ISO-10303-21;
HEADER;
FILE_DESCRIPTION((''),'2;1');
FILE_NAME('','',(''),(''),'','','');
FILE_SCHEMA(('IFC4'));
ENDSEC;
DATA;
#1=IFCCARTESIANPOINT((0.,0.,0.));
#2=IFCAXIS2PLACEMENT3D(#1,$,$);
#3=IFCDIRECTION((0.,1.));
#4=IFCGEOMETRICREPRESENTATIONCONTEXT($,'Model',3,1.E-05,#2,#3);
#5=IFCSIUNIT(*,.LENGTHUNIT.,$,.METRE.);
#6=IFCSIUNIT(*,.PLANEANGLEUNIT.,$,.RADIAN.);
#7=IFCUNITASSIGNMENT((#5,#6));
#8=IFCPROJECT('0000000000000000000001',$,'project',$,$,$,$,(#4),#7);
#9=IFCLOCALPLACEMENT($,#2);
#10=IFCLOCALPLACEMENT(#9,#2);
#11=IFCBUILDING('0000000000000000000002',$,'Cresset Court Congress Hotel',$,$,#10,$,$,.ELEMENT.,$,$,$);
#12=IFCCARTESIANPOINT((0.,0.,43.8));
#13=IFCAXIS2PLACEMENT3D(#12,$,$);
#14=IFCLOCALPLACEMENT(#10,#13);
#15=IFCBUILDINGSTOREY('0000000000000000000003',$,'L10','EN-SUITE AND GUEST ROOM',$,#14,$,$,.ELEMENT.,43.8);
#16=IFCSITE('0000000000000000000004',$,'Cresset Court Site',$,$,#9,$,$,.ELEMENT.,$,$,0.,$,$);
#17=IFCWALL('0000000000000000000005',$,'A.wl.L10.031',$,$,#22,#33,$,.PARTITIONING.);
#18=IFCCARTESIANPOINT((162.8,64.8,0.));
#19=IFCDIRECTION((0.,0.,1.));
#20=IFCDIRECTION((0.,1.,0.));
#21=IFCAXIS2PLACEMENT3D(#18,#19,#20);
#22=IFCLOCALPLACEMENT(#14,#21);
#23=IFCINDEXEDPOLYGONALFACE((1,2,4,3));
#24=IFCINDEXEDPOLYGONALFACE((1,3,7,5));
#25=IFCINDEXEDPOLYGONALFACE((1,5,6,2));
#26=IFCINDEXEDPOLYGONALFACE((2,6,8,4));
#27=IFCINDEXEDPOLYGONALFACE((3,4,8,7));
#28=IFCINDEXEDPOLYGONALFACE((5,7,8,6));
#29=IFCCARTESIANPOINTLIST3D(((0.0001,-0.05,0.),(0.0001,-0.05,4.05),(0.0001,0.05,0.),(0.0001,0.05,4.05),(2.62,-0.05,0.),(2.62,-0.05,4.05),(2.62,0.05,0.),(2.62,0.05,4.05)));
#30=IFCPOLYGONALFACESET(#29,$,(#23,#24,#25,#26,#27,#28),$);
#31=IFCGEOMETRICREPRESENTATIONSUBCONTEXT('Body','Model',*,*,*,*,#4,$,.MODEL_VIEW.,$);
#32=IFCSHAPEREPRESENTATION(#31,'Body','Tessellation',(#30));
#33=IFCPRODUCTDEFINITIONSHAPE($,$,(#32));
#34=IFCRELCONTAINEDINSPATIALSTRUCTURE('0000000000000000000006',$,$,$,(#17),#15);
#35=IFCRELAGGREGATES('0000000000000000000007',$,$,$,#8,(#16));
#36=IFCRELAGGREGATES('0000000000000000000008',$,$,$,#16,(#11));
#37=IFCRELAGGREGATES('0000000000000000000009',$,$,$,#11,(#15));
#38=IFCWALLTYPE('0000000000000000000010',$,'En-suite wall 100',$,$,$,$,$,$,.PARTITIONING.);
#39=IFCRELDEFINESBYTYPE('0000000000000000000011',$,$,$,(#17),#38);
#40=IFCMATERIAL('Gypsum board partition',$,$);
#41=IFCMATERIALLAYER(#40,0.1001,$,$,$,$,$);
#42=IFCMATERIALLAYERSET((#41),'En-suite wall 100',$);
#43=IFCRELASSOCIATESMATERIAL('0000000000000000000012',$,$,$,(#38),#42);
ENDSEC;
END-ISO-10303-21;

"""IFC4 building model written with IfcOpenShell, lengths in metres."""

from ifc_helpers import new_model, si_unit, direction, frame, frame_2d, origin, place, context, subcontext, project, spatial, rectangle, extrude, material, layer, layer_set, type_object, element, save


model = new_model("IFC4")

# Units and contexts
model_context = context("Model", 3, precision=1e-05, world=origin(), true_north=direction((0.0, 1.0)))
body_context = subcontext(model_context, "Body", "Model", "MODEL_VIEW")
ifc_project = project(units=[si_unit("LENGTHUNIT", "METRE"), si_unit("PLANEANGLEUNIT", "RADIAN")], contexts=[model_context])

# Site, building, storey
site_placement = place(None, origin())
site = spatial("IfcSite", under=ifc_project, at=site_placement, Name="Cresset Court Site", CompositionType="ELEMENT", RefElevation=0.0)
building_placement = place(site_placement, origin())
building = spatial("IfcBuilding", under=site, at=building_placement, Name="Cresset Court Congress Hotel", CompositionType="ELEMENT")
storey_placement = place(building_placement, frame((0.0, 0.0, 43.8)))
storey = spatial("IfcBuildingStorey", under=building, at=storey_placement, Name="L10", Description="EN-SUITE AND GUEST ROOM", CompositionType="ELEMENT", Elevation=43.8)

# Shared definitions
ifc_material_1 = material(Name="Gypsum board partition")
ifc_layer_1 = layer(ifc_material_1, 0.1001)
ifc_layer_set_1 = layer_set([ifc_layer_1], Name="En-suite wall 100")
wall_type_1 = type_object("IfcWallType", Name="En-suite wall 100", PredefinedType="PARTITIONING", material=ifc_layer_set_1)

# Wall
wall_1_placement = place(storey_placement, frame((162.8, 64.8, 0.0), z_axis=(0.0, 0.0, 1.0), x_axis=(0.0, 1.0, 0.0)))
element("IfcWall", 1, at=wall_1_placement, inside=storey, type_object=wall_type_1, Name="A.wl.L10.031", PredefinedType="PARTITIONING", context=body_context, shape_type="SweptSolid", body=[
    extrude(rectangle(XDim=2.6199, YDim=0.1001, at=frame_2d((1.3101, 0.0))), origin(), (0.0, 0.0, 1.0), 4.05),
])

save(model, "model.ifc")
